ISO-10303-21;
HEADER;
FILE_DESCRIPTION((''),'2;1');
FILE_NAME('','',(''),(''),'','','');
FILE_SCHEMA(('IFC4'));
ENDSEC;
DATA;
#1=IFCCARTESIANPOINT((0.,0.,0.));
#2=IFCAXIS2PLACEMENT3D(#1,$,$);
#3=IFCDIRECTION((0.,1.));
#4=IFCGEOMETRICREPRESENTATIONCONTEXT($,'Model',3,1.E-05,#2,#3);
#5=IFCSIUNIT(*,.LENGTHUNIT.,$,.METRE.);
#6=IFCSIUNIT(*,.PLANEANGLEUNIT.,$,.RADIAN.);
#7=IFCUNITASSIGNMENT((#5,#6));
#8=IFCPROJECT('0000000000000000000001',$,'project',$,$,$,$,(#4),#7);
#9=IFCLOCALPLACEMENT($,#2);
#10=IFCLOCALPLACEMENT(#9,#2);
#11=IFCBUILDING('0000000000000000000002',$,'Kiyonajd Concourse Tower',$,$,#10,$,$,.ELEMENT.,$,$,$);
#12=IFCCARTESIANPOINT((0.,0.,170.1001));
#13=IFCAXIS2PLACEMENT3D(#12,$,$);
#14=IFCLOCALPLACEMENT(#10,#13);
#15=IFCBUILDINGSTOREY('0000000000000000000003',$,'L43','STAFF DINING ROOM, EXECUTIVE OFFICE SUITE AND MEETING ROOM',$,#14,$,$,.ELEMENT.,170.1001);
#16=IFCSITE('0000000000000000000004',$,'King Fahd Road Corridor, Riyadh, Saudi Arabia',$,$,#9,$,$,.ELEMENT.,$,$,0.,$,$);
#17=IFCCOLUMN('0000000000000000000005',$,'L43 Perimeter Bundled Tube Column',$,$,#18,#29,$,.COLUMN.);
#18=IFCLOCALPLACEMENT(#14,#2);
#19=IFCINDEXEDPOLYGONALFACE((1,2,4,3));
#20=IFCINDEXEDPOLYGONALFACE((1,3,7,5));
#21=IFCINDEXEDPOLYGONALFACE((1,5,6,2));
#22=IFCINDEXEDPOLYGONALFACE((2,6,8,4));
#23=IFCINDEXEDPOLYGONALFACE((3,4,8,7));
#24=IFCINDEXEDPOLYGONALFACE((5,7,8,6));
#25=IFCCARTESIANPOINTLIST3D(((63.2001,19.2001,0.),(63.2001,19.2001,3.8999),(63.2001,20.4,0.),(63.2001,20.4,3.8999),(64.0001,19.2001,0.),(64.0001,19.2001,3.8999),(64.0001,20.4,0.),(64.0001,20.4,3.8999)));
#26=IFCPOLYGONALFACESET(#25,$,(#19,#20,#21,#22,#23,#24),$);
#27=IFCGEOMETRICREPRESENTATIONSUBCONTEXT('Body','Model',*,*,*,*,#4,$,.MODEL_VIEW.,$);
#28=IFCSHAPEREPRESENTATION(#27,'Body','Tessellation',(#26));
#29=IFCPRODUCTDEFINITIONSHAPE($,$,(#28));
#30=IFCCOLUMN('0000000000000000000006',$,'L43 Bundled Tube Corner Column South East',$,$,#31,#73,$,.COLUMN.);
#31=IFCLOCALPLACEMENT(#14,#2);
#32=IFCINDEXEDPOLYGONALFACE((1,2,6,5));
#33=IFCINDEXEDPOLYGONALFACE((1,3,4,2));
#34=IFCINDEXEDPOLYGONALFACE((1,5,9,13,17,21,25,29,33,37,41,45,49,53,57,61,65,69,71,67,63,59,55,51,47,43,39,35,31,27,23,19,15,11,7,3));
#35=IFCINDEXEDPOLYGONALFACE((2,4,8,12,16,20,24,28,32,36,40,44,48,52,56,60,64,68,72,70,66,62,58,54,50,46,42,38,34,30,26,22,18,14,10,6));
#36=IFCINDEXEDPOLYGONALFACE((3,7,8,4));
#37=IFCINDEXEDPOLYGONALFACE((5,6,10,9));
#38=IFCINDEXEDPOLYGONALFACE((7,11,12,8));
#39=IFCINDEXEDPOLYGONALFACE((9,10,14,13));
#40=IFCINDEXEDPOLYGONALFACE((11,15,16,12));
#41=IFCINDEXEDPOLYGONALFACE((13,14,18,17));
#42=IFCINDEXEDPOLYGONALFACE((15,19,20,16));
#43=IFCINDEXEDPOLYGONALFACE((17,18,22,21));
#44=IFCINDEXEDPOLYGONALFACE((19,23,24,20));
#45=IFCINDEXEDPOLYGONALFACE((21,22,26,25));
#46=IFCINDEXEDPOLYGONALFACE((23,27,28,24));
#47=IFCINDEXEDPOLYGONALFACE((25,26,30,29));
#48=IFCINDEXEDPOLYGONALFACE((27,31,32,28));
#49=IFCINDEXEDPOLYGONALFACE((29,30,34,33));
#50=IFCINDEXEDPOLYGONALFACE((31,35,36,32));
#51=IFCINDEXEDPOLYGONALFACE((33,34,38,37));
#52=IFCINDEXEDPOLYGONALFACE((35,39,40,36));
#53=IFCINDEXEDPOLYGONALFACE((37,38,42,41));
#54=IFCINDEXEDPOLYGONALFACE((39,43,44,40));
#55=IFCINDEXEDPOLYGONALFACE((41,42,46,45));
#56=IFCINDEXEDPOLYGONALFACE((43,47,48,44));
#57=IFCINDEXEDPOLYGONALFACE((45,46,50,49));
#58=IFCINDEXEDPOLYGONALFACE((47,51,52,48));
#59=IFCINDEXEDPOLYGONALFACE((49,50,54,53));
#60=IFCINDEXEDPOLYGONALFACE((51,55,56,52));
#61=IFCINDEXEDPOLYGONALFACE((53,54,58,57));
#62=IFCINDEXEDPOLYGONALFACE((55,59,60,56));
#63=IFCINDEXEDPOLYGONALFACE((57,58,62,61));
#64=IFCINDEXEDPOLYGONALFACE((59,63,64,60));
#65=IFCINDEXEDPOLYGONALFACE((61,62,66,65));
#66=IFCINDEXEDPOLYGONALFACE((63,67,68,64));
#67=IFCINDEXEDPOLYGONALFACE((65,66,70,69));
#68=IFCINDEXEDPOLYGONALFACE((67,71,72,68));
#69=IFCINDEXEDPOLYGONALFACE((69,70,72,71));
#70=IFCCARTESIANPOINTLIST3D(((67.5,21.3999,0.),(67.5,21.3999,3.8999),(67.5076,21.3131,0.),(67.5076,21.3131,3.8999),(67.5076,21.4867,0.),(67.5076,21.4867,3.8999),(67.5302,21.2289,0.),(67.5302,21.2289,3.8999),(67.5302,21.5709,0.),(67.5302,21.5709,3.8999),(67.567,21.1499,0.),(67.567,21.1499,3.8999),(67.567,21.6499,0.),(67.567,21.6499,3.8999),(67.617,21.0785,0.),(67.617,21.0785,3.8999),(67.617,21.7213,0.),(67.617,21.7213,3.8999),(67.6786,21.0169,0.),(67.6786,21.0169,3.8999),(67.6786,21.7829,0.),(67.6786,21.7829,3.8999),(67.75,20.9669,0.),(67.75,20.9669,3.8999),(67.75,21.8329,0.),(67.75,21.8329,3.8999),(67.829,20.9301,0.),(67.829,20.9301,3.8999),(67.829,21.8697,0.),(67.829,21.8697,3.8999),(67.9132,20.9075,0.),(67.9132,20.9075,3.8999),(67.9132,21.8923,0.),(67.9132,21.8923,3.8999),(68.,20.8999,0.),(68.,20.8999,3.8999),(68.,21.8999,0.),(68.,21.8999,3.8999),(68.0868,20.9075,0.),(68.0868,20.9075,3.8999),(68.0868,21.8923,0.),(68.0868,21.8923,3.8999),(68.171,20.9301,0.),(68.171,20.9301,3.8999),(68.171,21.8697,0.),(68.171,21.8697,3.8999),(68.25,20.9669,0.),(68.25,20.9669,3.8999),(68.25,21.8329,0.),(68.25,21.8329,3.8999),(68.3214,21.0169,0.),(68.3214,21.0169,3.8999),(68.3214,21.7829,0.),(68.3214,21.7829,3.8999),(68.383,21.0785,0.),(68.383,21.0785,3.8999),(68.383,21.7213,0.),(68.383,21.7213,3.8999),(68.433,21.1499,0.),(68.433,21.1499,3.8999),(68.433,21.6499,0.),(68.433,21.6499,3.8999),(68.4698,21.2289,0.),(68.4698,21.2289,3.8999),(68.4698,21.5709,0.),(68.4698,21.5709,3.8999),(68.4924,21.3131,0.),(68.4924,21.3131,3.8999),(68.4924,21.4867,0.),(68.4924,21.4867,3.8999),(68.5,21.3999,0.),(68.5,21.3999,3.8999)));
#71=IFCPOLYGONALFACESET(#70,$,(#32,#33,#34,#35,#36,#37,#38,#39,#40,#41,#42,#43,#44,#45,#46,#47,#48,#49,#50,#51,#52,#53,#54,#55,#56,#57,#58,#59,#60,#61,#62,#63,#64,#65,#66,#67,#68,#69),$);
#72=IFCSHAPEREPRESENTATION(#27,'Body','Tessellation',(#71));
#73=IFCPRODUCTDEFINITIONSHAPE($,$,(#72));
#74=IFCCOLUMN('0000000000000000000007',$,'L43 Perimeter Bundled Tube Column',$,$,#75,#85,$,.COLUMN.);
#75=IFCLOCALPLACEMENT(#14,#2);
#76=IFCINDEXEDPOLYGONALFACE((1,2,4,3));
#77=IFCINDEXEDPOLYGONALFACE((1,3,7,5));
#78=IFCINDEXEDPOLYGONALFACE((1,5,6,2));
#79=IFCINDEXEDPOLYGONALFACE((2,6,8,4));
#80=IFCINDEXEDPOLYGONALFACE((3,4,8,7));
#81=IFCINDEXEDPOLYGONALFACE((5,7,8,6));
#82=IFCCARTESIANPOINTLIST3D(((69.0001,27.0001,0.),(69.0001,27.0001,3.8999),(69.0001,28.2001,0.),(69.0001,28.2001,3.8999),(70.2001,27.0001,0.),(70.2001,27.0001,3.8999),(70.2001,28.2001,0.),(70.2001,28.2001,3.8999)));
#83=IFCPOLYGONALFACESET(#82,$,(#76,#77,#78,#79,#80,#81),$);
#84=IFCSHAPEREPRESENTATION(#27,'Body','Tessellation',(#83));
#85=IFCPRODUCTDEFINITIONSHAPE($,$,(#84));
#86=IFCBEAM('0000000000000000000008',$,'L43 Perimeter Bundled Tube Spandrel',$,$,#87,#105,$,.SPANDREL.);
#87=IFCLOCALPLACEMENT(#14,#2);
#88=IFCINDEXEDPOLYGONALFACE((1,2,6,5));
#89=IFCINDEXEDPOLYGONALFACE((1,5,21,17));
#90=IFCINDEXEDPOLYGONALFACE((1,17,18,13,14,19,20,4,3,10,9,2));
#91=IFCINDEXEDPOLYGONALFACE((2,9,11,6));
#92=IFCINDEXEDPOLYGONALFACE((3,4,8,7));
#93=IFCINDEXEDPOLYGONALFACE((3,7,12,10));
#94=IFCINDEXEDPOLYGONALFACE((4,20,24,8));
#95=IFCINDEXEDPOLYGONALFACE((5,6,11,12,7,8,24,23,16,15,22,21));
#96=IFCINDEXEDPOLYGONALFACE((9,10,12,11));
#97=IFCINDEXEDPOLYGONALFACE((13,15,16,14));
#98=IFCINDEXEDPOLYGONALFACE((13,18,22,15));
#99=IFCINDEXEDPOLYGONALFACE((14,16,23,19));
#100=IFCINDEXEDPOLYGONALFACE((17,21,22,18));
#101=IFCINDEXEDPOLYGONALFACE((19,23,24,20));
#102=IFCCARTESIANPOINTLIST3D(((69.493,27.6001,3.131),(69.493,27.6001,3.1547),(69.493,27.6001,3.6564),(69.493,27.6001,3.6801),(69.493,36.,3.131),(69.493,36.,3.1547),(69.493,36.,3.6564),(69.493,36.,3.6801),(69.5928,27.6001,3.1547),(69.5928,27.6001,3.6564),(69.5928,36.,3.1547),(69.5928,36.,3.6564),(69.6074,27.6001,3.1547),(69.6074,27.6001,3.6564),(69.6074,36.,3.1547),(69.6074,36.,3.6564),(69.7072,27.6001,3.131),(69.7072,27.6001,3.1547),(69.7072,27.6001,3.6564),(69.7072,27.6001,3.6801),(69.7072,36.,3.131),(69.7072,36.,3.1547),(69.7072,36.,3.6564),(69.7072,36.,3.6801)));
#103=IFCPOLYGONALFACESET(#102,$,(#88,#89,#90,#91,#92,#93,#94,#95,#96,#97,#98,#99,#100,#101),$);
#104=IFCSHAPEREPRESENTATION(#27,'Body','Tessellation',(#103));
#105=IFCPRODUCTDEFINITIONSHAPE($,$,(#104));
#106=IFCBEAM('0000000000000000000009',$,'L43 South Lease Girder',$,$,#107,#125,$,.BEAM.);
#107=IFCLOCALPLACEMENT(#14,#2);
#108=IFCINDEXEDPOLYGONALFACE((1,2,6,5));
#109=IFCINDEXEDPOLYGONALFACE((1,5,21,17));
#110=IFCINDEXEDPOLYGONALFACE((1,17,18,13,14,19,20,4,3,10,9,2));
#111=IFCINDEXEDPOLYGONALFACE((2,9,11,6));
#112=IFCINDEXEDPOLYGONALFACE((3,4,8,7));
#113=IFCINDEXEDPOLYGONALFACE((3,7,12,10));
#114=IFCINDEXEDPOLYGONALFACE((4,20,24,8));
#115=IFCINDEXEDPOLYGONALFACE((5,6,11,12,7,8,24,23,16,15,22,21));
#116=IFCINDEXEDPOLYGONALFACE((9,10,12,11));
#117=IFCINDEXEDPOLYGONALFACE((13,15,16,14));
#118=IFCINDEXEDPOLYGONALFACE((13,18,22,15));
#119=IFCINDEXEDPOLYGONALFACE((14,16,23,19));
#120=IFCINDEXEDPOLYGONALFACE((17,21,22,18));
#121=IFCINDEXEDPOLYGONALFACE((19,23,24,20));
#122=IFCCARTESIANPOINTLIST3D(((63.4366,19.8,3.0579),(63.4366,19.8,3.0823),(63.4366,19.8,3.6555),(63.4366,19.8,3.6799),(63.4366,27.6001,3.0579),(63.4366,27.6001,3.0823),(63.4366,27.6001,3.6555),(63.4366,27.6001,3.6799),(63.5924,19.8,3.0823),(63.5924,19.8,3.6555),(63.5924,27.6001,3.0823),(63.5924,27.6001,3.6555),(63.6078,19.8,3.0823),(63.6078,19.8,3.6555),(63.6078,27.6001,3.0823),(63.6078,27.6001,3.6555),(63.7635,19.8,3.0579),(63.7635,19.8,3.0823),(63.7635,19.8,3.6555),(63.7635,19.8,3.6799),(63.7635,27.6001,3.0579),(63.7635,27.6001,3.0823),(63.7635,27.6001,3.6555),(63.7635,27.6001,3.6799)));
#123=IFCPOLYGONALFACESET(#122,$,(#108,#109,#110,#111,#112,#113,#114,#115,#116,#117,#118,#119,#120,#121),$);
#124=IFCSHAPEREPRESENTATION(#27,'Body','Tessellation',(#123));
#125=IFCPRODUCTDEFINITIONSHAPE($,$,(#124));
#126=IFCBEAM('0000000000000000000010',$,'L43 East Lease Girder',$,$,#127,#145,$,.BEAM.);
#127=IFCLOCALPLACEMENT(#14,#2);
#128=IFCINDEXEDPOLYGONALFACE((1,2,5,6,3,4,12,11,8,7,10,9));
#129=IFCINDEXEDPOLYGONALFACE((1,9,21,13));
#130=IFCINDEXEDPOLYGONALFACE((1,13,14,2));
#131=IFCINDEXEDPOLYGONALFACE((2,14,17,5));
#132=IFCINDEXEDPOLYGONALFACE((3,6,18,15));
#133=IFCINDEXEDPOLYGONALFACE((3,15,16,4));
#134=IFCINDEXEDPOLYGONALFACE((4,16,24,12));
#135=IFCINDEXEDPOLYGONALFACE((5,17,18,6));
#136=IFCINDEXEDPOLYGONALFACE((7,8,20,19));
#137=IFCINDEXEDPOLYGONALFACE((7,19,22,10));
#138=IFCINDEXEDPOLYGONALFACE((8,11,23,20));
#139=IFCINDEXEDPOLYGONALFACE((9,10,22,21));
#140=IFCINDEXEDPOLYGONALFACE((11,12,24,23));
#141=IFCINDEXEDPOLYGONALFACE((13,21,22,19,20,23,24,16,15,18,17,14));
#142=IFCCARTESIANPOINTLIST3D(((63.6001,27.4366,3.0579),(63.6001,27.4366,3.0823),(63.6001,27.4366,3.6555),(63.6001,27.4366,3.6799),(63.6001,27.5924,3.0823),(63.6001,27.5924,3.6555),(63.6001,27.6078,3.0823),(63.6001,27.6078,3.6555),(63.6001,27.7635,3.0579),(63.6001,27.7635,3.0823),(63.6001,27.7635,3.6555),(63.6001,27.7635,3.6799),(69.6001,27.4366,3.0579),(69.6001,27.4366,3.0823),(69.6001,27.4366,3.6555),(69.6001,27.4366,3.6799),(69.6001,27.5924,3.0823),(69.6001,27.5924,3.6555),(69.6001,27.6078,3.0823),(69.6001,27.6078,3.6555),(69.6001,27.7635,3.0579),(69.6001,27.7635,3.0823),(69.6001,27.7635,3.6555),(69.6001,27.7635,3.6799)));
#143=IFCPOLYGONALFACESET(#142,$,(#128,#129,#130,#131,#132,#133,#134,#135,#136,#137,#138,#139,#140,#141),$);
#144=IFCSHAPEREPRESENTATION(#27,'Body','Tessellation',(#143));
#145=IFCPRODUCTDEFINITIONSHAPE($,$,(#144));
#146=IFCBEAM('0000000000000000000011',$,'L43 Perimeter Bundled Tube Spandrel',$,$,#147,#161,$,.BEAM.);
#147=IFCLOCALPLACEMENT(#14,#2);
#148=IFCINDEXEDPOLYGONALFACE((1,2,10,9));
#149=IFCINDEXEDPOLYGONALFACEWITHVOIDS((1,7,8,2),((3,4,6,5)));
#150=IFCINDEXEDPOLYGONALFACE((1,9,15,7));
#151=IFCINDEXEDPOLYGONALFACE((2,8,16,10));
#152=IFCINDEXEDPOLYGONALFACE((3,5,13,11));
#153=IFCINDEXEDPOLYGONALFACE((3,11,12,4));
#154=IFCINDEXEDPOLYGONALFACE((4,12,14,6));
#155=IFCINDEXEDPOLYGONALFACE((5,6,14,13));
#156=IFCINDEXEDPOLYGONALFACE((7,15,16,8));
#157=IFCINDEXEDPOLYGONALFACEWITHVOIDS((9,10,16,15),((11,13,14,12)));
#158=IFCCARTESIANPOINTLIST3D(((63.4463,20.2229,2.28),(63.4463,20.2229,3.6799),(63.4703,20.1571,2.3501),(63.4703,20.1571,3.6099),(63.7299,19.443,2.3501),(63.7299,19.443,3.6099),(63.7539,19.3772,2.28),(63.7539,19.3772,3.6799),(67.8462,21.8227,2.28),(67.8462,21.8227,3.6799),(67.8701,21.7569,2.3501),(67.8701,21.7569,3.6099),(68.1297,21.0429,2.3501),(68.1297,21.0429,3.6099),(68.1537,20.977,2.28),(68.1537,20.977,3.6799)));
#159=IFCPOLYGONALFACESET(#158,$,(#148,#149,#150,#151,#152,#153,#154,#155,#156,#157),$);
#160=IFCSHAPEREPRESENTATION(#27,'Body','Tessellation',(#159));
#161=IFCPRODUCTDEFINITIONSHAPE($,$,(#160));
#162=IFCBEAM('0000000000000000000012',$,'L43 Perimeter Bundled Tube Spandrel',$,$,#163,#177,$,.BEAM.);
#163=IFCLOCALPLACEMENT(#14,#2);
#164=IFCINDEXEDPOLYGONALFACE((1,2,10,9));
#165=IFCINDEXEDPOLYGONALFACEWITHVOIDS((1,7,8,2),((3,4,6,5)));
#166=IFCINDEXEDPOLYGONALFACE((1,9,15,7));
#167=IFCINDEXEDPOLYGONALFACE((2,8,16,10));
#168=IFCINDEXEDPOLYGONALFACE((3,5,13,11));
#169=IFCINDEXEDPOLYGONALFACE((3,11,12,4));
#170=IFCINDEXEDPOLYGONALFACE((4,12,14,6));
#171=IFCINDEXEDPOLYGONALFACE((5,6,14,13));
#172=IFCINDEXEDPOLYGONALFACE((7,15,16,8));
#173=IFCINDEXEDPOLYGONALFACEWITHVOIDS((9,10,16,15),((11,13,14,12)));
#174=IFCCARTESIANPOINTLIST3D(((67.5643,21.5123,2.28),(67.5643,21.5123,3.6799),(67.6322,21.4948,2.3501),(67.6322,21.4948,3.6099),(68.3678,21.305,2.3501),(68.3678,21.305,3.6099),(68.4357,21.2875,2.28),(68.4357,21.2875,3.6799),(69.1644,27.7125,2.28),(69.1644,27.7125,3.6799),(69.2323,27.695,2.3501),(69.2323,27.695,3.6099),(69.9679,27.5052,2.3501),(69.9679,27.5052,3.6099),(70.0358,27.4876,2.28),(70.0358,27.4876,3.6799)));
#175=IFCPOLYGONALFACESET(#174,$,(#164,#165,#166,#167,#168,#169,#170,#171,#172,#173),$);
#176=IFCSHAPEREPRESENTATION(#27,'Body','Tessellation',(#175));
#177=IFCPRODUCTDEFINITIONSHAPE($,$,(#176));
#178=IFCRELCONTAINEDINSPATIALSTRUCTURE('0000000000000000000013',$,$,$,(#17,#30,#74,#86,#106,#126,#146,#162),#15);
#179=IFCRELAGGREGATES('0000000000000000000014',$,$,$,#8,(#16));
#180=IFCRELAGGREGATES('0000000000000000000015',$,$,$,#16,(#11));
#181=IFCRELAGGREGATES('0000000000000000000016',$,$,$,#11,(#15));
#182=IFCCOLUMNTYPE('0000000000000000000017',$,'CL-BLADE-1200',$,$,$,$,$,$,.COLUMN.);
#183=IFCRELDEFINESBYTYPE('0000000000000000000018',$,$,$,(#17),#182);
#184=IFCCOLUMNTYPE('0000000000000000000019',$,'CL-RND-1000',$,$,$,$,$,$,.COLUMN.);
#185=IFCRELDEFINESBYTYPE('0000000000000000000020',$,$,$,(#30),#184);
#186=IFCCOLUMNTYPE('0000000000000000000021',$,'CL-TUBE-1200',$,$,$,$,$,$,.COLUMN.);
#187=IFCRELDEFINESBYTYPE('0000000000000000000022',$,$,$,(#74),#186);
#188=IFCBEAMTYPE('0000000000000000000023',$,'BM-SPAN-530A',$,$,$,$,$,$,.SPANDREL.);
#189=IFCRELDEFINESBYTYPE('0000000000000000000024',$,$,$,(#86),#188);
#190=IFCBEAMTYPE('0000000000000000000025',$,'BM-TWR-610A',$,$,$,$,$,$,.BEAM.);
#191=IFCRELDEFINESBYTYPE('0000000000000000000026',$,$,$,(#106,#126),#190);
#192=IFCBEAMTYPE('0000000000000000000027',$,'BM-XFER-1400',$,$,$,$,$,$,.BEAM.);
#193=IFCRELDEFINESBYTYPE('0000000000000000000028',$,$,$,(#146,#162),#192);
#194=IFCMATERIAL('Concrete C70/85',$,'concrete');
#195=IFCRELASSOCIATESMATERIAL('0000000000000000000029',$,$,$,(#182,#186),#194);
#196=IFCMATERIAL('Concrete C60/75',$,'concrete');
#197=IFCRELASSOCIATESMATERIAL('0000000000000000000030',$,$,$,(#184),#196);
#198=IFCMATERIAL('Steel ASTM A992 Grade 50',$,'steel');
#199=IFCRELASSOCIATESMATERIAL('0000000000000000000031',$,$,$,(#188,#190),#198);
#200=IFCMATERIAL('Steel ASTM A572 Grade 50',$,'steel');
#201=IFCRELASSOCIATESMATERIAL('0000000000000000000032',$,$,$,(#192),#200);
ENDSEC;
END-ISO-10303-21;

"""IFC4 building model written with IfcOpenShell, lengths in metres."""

from ifc_helpers import new_model, si_unit, direction, frame, origin, origin_2d, place, context, subcontext, project, spatial, rectangle, hollow_rectangle, circle, i_section, extrude, material, material_profile, profile_set, type_object, element, save


model = new_model("IFC4")

# Units and contexts
model_context = context("Model", 3, precision=1e-05, world=origin(), true_north=direction((0.0, 1.0)))
body_context = subcontext(model_context, "Body", "Model", "MODEL_VIEW")
ifc_project = project(units=[si_unit("LENGTHUNIT", "METRE"), si_unit("PLANEANGLEUNIT", "RADIAN")], contexts=[model_context])

# Site, building, storey
site_placement = place(None, origin())
site = spatial("IfcSite", under=ifc_project, at=site_placement, Name="King Fahd Road Corridor, Riyadh, Saudi Arabia", CompositionType="ELEMENT", RefElevation=0.0)
building_placement = place(site_placement, origin())
building = spatial("IfcBuilding", under=site, at=building_placement, Name="Kiyonajd Concourse Tower", CompositionType="ELEMENT")
storey_placement = place(building_placement, frame((0.0, 0.0, 170.1001)))
storey = spatial("IfcBuildingStorey", under=building, at=storey_placement, Name="L43", Description="STAFF DINING ROOM, EXECUTIVE OFFICE SUITE AND MEETING ROOM", CompositionType="ELEMENT", Elevation=170.1001)

# Columns
ifc_material_1 = material(Name="Concrete C70/85", Category="concrete")
ifc_material_profile_1 = material_profile(ifc_material_1, rectangle(XDim=0.8, YDim=1.2, at=origin_2d()), Name="RC-1200x800")
ifc_profile_set_1 = profile_set([ifc_material_profile_1], Name="Concrete C70/85")
column_type_1 = type_object("IfcColumnType", Name="CL-BLADE-1200", PredefinedType="COLUMN", material=ifc_profile_set_1)
column_1_placement = place(storey_placement, frame((63.6001, 19.8, 0.0), z_axis=(0.0, 0.0, 1.0), x_axis=(1.0, 0.0, 0.0)))
element("IfcColumn", 1, at=column_1_placement, inside=storey, type_object=column_type_1, Name="L43 Perimeter Bundled Tube Column", PredefinedType="COLUMN", context=body_context, shape_type="SweptSolid", body=[
    extrude(rectangle(XDim=0.8, YDim=1.2, at=origin_2d()), origin(), (0.0, 0.0, 1.0), 3.8999),
])
ifc_material_2 = material(Name="Concrete C60/75", Category="concrete")
ifc_material_profile_2 = material_profile(ifc_material_2, circle(Radius=0.5, at=origin_2d()), Name="RCC-D1000")
ifc_profile_set_2 = profile_set([ifc_material_profile_2], Name="Concrete C60/75")
column_type_2 = type_object("IfcColumnType", Name="CL-RND-1000", PredefinedType="COLUMN", material=ifc_profile_set_2)
column_2_placement = place(storey_placement, frame((68.0, 21.3999, 0.0), z_axis=(0.0, 0.0, 1.0), x_axis=(1.0, 0.0, 0.0)))
element("IfcColumn", 2, at=column_2_placement, inside=storey, type_object=column_type_2, Name="L43 Bundled Tube Corner Column South East", PredefinedType="COLUMN", context=body_context, shape_type="SweptSolid", body=[
    extrude(circle(Radius=0.5, at=origin_2d()), origin(), (0.0, 0.0, 1.0), 3.8999),
])
ifc_material_profile_3 = material_profile(ifc_material_1, rectangle(XDim=1.2, YDim=1.2, at=origin_2d()), Name="RC-1200x1200")
ifc_profile_set_3 = profile_set([ifc_material_profile_3], Name="Concrete C70/85")
column_type_3 = type_object("IfcColumnType", Name="CL-TUBE-1200", PredefinedType="COLUMN", material=ifc_profile_set_3)
column_3_placement = place(storey_placement, frame((69.6001, 27.6001, 0.0), z_axis=(0.0, 0.0, 1.0), x_axis=(1.0, 0.0, 0.0)))
element("IfcColumn", 3, at=column_3_placement, inside=storey, type_object=column_type_3, Name="L43 Perimeter Bundled Tube Column", PredefinedType="COLUMN", context=body_context, shape_type="SweptSolid", body=[
    extrude(rectangle(XDim=1.2, YDim=1.2, at=origin_2d()), origin(), (0.0, 0.0, 1.0), 3.8999),
])

# Beams
ifc_material_3 = material(Name="Steel ASTM A992 Grade 50", Category="steel")
ifc_material_profile_4 = material_profile(ifc_material_3, i_section(OverallWidth=0.2141, OverallDepth=0.5491, WebThickness=0.0146, FlangeThickness=0.0237, at=origin_2d()), Name="W530X138")
ifc_profile_set_4 = profile_set([ifc_material_profile_4], Name="Steel ASTM A992 Grade 50")
beam_type_1 = type_object("IfcBeamType", Name="BM-SPAN-530A", PredefinedType="SPANDREL", material=ifc_profile_set_4)
beam_1_placement = place(storey_placement, frame((69.6001, 27.6001, 3.4055), z_axis=(0.0, 1.0, 0.0), x_axis=(-1.0, 0.0, 0.0)))
element("IfcBeam", 4, at=beam_1_placement, inside=storey, type_object=beam_type_1, Name="L43 Perimeter Bundled Tube Spandrel", PredefinedType="SPANDREL", context=body_context, shape_type="SweptSolid", body=[
    extrude(i_section(OverallWidth=0.2141, OverallDepth=0.5491, WebThickness=0.0146, FlangeThickness=0.0237, at=origin_2d()), origin(), (0.0, 0.0, 1.0), 8.3999),
])
ifc_material_profile_5 = material_profile(ifc_material_3, i_section(OverallWidth=0.3269, OverallDepth=0.6221, WebThickness=0.0154, FlangeThickness=0.0244, at=origin_2d()), Name="W610X195")
ifc_profile_set_5 = profile_set([ifc_material_profile_5], Name="Steel ASTM A992 Grade 50")
beam_type_2 = type_object("IfcBeamType", Name="BM-TWR-610A", PredefinedType="BEAM", material=ifc_profile_set_5)
beam_2_placement = place(storey_placement, frame((63.6001, 19.8, 3.3689), z_axis=(0.0, 1.0, 0.0), x_axis=(-1.0, 0.0, 0.0)))
element("IfcBeam", 5, at=beam_2_placement, inside=storey, type_object=beam_type_2, Name="L43 South Lease Girder", PredefinedType="BEAM", context=body_context, shape_type="SweptSolid", body=[
    extrude(i_section(OverallWidth=0.3269, OverallDepth=0.6221, WebThickness=0.0154, FlangeThickness=0.0244, at=origin_2d()), origin(), (0.0, 0.0, 1.0), 7.8),
])
beam_3_placement = place(storey_placement, frame((63.6001, 27.6001, 3.3689), z_axis=(1.0, 0.0, 0.0), x_axis=(0.0, 1.0, 0.0)))
element("IfcBeam", 6, at=beam_3_placement, inside=storey, type_object=beam_type_2, Name="L43 East Lease Girder", PredefinedType="BEAM", context=body_context, shape_type="SweptSolid", body=[
    extrude(i_section(OverallWidth=0.3269, OverallDepth=0.6221, WebThickness=0.0154, FlangeThickness=0.0244, at=origin_2d()), origin(), (0.0, 0.0, 1.0), 6.0),
])
ifc_material_4 = material(Name="Steel ASTM A572 Grade 50", Category="steel")
ifc_material_profile_6 = material_profile(ifc_material_4, hollow_rectangle(XDim=0.8999, YDim=1.3999, WallThickness=0.0701, at=origin_2d()), Name="BOX-1400x900x70")
ifc_profile_set_6 = profile_set([ifc_material_profile_6], Name="Steel ASTM A572 Grade 50")
beam_type_3 = type_object("IfcBeamType", Name="BM-XFER-1400", PredefinedType="BEAM", material=ifc_profile_set_6)
beam_4_placement = place(storey_placement, frame((63.6001, 19.8, 2.98), z_axis=(0.939801, 0.341722, 0.0), x_axis=(-0.341722, 0.939801, 0.0)))
element("IfcBeam", 7, at=beam_4_placement, inside=storey, type_object=beam_type_3, Name="L43 Perimeter Bundled Tube Spandrel", PredefinedType="BEAM", context=body_context, shape_type="SweptSolid", body=[
    extrude(hollow_rectangle(XDim=0.8999, YDim=1.3999, WallThickness=0.0701, at=origin_2d()), origin(), (0.0, 0.0, 1.0), 4.6816),
])
beam_5_placement = place(storey_placement, frame((68.0, 21.3999, 2.98), z_axis=(0.249885, 0.968276, 0.0), x_axis=(-0.968276, 0.249885, 0.0)))
element("IfcBeam", 8, at=beam_5_placement, inside=storey, type_object=beam_type_3, Name="L43 Perimeter Bundled Tube Spandrel", PredefinedType="BEAM", context=body_context, shape_type="SweptSolid", body=[
    extrude(hollow_rectangle(XDim=0.8999, YDim=1.3999, WallThickness=0.0701, at=origin_2d()), origin(), (0.0, 0.0, 1.0), 6.4033),
])

save(model, "model.ifc")
